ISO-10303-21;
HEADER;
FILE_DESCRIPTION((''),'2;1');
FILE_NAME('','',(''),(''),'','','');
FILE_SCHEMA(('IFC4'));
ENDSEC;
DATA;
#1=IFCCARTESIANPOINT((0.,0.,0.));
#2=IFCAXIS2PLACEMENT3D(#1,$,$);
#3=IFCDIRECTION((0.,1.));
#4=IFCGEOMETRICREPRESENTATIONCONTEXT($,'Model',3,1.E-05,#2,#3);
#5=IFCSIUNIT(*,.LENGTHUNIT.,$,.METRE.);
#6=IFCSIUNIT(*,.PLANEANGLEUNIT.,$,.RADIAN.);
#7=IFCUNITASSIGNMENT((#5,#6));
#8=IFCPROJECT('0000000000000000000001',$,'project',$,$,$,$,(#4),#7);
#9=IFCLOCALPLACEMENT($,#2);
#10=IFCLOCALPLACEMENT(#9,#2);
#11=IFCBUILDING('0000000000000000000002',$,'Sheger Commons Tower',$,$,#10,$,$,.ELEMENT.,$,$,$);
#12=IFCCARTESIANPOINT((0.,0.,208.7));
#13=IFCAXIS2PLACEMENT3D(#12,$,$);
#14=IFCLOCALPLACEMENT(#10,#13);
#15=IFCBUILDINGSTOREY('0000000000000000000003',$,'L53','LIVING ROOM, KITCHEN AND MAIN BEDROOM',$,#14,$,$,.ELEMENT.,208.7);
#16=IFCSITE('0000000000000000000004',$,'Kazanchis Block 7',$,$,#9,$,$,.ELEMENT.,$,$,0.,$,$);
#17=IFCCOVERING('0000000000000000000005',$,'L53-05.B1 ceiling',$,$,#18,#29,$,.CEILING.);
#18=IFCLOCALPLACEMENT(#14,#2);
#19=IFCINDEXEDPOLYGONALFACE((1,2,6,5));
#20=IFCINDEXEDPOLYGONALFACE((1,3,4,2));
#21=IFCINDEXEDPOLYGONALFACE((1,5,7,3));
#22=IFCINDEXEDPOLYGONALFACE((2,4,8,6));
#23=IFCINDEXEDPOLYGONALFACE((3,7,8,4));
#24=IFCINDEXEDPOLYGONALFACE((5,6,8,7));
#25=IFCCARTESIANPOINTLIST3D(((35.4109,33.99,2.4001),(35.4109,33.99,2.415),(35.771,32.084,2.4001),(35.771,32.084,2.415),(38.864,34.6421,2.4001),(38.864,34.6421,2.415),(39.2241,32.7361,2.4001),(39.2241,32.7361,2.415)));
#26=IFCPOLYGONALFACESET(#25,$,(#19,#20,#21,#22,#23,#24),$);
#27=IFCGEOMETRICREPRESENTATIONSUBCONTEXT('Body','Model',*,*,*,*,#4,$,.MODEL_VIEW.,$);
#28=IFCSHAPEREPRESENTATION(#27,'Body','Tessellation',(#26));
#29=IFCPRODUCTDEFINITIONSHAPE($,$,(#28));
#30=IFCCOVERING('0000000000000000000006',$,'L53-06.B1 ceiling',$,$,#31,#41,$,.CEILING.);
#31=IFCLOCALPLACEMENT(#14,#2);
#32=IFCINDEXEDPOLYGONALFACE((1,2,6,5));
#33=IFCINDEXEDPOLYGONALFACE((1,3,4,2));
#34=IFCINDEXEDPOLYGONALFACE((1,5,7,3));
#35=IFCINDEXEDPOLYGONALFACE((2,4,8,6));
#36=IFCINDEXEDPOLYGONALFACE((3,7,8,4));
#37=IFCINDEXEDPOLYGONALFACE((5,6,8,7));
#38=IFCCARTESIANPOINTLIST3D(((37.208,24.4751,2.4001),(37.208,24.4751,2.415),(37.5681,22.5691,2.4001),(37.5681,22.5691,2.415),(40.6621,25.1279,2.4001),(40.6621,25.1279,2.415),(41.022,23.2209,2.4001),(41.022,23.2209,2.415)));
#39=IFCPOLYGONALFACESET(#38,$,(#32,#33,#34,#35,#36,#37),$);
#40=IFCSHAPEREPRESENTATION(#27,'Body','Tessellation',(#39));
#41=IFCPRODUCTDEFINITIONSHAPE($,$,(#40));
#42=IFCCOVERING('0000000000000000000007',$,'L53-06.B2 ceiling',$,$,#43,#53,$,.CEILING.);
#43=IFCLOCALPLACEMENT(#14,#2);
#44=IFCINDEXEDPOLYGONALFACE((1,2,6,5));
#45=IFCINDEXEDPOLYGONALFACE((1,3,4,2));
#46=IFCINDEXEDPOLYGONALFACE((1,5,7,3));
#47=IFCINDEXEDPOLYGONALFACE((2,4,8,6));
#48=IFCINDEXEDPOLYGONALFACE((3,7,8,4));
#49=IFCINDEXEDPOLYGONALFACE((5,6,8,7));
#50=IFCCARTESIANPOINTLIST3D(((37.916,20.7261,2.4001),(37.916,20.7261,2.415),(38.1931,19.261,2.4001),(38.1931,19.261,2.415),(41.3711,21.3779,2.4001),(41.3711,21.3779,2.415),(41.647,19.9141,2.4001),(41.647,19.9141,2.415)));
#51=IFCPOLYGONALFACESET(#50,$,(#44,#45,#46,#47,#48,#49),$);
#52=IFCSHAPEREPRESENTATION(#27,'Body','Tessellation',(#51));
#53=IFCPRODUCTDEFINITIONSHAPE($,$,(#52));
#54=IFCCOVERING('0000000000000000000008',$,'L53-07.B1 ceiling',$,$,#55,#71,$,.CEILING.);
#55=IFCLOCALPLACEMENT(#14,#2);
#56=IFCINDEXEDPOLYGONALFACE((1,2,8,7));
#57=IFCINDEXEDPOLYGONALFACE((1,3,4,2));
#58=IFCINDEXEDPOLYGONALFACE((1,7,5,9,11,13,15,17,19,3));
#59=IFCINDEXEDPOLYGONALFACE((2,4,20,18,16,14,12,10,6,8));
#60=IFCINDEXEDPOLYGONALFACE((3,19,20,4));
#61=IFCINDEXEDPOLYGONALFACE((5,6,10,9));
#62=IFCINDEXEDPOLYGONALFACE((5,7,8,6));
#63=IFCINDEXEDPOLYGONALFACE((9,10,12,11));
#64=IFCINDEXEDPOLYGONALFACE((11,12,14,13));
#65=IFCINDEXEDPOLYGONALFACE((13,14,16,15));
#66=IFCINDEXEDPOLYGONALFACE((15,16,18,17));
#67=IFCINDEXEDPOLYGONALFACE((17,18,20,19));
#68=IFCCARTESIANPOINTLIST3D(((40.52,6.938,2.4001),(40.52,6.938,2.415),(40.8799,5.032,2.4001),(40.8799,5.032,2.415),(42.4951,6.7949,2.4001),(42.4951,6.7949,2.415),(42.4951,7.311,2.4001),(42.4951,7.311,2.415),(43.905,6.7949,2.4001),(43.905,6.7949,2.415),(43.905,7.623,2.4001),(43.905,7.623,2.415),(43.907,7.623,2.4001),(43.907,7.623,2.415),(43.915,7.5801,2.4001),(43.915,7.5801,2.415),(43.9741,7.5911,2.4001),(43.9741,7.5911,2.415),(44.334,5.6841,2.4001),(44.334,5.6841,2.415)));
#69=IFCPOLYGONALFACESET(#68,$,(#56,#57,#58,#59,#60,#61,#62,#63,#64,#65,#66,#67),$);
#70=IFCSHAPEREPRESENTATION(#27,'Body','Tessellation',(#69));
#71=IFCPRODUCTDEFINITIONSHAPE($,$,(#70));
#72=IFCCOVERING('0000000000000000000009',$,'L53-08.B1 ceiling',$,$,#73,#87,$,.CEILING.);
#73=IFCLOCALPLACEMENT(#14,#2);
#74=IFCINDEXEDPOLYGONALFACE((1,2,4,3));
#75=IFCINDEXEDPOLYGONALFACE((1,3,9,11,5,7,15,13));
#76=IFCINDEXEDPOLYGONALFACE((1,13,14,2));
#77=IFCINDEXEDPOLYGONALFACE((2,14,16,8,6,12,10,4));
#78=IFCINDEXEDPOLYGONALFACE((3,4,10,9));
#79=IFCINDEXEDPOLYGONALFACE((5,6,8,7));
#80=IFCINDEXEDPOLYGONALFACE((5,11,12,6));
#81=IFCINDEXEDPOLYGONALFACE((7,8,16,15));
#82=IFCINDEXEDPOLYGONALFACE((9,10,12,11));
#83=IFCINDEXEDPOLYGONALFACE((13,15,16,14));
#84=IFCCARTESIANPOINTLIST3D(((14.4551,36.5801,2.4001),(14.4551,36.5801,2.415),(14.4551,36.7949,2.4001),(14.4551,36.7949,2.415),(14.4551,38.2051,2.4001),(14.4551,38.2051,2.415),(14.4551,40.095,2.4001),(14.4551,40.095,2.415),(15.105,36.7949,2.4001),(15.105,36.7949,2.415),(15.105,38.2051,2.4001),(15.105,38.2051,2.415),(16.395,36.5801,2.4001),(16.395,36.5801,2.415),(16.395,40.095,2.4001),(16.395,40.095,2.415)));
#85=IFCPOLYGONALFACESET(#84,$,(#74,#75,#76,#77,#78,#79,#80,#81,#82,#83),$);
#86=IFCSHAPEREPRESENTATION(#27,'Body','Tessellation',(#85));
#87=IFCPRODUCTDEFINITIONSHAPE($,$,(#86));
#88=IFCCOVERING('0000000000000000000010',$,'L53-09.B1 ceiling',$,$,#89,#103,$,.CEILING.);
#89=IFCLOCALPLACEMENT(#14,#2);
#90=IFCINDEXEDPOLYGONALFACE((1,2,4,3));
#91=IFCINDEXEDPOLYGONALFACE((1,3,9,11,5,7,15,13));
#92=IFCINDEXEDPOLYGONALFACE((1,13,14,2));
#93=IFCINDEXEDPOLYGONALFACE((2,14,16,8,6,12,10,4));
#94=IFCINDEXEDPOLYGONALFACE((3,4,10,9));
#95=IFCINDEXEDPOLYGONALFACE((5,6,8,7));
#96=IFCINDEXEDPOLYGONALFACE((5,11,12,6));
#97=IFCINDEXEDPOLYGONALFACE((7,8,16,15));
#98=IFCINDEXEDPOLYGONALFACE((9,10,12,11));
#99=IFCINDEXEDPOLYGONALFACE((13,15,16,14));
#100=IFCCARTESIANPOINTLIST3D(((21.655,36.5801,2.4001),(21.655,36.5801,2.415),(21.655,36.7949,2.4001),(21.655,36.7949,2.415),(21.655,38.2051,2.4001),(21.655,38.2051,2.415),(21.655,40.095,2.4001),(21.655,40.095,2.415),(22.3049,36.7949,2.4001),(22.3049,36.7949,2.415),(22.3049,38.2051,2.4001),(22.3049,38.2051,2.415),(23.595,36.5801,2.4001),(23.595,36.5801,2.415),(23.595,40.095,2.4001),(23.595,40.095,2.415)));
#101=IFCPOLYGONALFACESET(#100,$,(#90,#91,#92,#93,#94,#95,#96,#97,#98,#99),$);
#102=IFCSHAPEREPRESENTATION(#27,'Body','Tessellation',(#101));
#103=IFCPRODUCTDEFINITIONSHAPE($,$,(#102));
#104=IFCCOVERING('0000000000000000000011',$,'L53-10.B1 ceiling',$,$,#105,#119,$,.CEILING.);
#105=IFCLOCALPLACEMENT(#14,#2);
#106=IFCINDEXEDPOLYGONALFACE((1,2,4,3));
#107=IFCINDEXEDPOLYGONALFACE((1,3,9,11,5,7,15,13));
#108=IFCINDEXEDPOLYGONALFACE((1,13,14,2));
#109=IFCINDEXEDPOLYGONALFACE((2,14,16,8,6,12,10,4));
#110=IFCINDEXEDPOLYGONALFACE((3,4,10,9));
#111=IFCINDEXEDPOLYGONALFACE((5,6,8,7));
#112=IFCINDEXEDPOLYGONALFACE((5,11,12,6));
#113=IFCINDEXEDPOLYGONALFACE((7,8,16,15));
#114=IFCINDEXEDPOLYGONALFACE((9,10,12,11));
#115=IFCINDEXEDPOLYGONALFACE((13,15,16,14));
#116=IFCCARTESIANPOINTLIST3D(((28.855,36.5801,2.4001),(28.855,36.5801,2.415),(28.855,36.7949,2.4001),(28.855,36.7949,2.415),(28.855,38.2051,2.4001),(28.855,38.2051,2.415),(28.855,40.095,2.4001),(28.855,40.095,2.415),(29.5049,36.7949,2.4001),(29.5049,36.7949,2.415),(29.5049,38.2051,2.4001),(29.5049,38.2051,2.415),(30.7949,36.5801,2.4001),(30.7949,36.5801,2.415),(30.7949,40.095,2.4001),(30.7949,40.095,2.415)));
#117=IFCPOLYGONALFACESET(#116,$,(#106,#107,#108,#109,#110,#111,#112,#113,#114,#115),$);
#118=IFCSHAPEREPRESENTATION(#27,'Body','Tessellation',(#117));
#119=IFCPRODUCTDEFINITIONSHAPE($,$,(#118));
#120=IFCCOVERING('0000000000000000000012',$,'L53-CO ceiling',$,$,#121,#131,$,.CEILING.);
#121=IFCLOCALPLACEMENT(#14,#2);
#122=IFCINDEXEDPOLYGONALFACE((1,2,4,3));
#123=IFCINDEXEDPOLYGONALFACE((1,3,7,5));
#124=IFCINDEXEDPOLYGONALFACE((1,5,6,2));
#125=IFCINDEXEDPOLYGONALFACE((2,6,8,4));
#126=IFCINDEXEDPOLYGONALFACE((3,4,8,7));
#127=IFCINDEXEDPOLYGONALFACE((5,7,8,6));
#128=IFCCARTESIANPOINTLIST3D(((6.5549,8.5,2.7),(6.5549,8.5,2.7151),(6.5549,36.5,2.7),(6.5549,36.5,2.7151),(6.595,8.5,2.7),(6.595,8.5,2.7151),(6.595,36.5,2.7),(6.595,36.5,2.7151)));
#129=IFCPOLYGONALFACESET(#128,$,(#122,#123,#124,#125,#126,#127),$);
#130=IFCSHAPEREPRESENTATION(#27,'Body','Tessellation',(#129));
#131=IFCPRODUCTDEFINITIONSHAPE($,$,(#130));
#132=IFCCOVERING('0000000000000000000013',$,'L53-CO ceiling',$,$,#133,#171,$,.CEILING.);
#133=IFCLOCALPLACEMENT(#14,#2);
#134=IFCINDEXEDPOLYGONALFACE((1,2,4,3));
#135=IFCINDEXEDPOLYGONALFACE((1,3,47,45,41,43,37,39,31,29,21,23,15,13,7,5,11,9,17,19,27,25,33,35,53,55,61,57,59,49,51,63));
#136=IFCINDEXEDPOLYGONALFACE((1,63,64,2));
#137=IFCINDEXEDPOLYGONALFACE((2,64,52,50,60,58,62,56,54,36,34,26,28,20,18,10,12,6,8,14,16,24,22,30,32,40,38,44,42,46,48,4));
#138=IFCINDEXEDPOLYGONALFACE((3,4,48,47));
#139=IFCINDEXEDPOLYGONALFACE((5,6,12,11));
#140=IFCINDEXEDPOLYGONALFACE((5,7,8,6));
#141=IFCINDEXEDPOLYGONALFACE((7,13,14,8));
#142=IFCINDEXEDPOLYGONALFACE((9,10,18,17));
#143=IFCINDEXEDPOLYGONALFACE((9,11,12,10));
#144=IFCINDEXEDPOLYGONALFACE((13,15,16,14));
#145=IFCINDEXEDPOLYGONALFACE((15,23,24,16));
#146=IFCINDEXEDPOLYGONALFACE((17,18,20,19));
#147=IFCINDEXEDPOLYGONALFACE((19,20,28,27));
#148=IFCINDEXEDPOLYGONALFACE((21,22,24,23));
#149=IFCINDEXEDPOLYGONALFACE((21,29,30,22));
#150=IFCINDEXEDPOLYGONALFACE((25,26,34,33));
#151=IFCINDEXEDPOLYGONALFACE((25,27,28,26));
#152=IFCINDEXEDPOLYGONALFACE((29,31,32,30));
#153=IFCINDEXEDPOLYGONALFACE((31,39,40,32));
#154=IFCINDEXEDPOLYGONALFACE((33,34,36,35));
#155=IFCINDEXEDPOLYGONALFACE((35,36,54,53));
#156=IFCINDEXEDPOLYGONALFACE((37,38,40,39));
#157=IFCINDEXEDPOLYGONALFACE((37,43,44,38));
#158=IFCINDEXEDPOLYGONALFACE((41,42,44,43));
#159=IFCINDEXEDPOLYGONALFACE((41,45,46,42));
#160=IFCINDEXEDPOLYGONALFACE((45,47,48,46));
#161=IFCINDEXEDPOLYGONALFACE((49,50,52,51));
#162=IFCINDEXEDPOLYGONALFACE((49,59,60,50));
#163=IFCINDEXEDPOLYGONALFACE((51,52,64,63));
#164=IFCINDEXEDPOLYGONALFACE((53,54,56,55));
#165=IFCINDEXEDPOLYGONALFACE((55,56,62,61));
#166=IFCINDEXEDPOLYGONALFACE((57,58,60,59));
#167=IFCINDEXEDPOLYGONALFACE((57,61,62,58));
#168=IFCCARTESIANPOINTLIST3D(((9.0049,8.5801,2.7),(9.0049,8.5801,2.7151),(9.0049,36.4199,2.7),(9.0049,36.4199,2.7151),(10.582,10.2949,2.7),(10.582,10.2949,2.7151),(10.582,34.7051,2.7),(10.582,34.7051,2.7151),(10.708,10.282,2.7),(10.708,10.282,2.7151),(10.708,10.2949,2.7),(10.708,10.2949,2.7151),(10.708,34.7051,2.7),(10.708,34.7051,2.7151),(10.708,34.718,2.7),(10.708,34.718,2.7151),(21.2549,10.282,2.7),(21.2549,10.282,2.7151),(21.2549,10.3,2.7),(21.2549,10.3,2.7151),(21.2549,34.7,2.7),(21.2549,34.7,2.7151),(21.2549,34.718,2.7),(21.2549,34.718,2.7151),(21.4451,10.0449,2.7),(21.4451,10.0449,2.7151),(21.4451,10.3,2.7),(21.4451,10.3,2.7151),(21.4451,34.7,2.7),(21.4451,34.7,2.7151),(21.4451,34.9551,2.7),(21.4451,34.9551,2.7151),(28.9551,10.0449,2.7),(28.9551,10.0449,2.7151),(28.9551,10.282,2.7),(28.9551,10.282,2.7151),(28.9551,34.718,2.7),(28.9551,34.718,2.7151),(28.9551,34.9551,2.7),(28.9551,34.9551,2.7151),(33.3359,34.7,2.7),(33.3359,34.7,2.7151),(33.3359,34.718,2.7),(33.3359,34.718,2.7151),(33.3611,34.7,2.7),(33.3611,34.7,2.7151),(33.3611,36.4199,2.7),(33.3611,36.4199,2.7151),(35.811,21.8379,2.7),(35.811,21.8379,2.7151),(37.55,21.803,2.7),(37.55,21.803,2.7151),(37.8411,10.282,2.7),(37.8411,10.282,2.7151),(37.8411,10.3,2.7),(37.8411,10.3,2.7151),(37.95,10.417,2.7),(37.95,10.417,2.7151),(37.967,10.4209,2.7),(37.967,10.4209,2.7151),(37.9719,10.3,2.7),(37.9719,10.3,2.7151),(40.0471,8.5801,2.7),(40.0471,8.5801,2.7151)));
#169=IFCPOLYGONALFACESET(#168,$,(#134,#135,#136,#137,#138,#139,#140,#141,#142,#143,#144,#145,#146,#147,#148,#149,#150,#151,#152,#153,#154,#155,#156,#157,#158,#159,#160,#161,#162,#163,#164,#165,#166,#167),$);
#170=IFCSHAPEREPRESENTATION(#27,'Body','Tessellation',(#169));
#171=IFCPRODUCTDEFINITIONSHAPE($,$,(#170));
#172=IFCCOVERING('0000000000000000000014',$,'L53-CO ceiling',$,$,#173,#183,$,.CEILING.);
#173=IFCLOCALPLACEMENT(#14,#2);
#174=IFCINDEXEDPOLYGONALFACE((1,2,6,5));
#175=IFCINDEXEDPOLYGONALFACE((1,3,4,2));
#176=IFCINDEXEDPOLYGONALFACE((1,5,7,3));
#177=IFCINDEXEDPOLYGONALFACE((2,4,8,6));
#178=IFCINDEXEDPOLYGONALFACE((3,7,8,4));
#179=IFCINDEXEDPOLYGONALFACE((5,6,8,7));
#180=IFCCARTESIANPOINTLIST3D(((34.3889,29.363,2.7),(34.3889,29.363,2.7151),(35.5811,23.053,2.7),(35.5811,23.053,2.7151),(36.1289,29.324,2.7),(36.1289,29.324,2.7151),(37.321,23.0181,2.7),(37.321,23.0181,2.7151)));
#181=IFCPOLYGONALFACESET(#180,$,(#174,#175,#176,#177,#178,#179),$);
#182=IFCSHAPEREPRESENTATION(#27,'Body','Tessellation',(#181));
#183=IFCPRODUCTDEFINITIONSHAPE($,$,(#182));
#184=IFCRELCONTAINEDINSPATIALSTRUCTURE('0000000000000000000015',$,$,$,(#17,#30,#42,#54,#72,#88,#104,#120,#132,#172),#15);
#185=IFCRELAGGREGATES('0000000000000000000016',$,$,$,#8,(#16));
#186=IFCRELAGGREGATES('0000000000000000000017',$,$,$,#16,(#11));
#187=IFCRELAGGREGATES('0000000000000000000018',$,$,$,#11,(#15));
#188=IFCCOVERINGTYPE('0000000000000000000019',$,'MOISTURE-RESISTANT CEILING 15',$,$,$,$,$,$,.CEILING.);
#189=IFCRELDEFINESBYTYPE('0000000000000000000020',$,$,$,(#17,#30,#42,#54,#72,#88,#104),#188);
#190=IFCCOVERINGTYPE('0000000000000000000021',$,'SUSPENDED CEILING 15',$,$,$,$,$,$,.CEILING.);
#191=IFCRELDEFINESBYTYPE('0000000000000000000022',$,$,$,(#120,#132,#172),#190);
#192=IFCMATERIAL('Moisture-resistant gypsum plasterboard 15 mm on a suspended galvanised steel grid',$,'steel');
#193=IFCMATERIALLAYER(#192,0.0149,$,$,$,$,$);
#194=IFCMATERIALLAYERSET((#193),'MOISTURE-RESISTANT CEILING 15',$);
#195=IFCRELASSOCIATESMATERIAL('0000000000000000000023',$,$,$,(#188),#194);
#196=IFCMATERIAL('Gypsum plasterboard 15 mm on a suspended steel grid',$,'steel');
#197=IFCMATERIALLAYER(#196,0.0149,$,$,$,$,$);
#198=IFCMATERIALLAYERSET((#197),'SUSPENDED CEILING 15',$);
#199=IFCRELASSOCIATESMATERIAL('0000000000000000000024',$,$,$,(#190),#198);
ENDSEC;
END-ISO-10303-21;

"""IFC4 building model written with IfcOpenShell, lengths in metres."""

from ifc_helpers import new_model, si_unit, direction, frame, origin, place, context, subcontext, project, spatial, polyline, outline, extrude, material, layer, layer_set, type_object, element, save


model = new_model("IFC4")

# Units and contexts
model_context = context("Model", 3, precision=1e-05, world=origin(), true_north=direction((0.0, 1.0)))
body_context = subcontext(model_context, "Body", "Model", "MODEL_VIEW")
ifc_project = project(units=[si_unit("LENGTHUNIT", "METRE"), si_unit("PLANEANGLEUNIT", "RADIAN")], contexts=[model_context])

# Site, building, storey
site_placement = place(None, origin())
site = spatial("IfcSite", under=ifc_project, at=site_placement, Name="Kazanchis Block 7", CompositionType="ELEMENT", RefElevation=0.0)
building_placement = place(site_placement, origin())
building = spatial("IfcBuilding", under=site, at=building_placement, Name="Sheger Commons Tower", CompositionType="ELEMENT")
storey_placement = place(building_placement, frame((0.0, 0.0, 208.7)))
storey = spatial("IfcBuildingStorey", under=building, at=storey_placement, Name="L53", Description="LIVING ROOM, KITCHEN AND MAIN BEDROOM", CompositionType="ELEMENT", Elevation=208.7)

# Coverings
ifc_material_1 = material(Name="Moisture-resistant gypsum plasterboard 15 mm on a suspended galvanised steel grid", Category="steel")
ifc_layer_1 = layer(ifc_material_1, 0.0149)
ifc_layer_set_1 = layer_set([ifc_layer_1], Name="MOISTURE-RESISTANT CEILING 15")
covering_type_1 = type_object("IfcCoveringType", Name="MOISTURE-RESISTANT CEILING 15", PredefinedType="CEILING", material=ifc_layer_set_1)
covering_1_placement = place(storey_placement, frame((0.0, 0.0, 2.4001)))
element("IfcCovering", 1, at=covering_1_placement, inside=storey, type_object=covering_type_1, Name="L53-05.B1 ceiling", PredefinedType="CEILING", context=body_context, shape_type="SweptSolid", body=[
    extrude(outline(polyline([(35.771, 32.084), (39.2241, 32.7361), (38.864, 34.6421), (35.4109, 33.99), (35.771, 32.084)])), origin(), (0.0, 0.0, 1.0), 0.0149),
])
covering_2_placement = place(storey_placement, frame((0.0, 0.0, 2.4001)))
element("IfcCovering", 2, at=covering_2_placement, inside=storey, type_object=covering_type_1, Name="L53-06.B1 ceiling", PredefinedType="CEILING", context=body_context, shape_type="SweptSolid", body=[
    extrude(outline(polyline([(37.5681, 22.5691), (41.022, 23.2209), (40.6621, 25.1279), (37.208, 24.4751), (37.5681, 22.5691)])), origin(), (0.0, 0.0, 1.0), 0.0149),
])
covering_3_placement = place(storey_placement, frame((0.0, 0.0, 2.4001)))
element("IfcCovering", 3, at=covering_3_placement, inside=storey, type_object=covering_type_1, Name="L53-06.B2 ceiling", PredefinedType="CEILING", context=body_context, shape_type="SweptSolid", body=[
    extrude(outline(polyline([(38.1931, 19.261), (41.647, 19.9141), (41.3711, 21.3779), (37.916, 20.7261), (38.1931, 19.261)])), origin(), (0.0, 0.0, 1.0), 0.0149),
])
covering_4_placement = place(storey_placement, frame((0.0, 0.0, 2.4001)))
element("IfcCovering", 4, at=covering_4_placement, inside=storey, type_object=covering_type_1, Name="L53-07.B1 ceiling", PredefinedType="CEILING", context=body_context, shape_type="SweptSolid", body=[
    extrude(outline(polyline([(40.8799, 5.032), (44.334, 5.6841), (43.9741, 7.5911), (43.915, 7.5801), (43.907, 7.623), (43.905, 7.623), (43.905, 6.7949), (42.4951, 6.7949), (42.4951, 7.311), (40.52, 6.938), (40.8799, 5.032)])), origin(), (0.0, 0.0, 1.0), 0.0149),
])
covering_5_placement = place(storey_placement, frame((0.0, 0.0, 2.4001)))
element("IfcCovering", 5, at=covering_5_placement, inside=storey, type_object=covering_type_1, Name="L53-08.B1 ceiling", PredefinedType="CEILING", context=body_context, shape_type="SweptSolid", body=[
    extrude(outline(polyline([(14.4551, 36.5801), (16.395, 36.5801), (16.395, 40.095), (14.4551, 40.095), (14.4551, 38.2051), (15.105, 38.2051), (15.105, 36.7949), (14.4551, 36.7949), (14.4551, 36.5801)])), origin(), (0.0, 0.0, 1.0), 0.0149),
])
covering_6_placement = place(storey_placement, frame((0.0, 0.0, 2.4001)))
element("IfcCovering", 6, at=covering_6_placement, inside=storey, type_object=covering_type_1, Name="L53-09.B1 ceiling", PredefinedType="CEILING", context=body_context, shape_type="SweptSolid", body=[
    extrude(outline(polyline([(21.655, 36.5801), (23.595, 36.5801), (23.595, 40.095), (21.655, 40.095), (21.655, 38.2051), (22.3049, 38.2051), (22.3049, 36.7949), (21.655, 36.7949), (21.655, 36.5801)])), origin(), (0.0, 0.0, 1.0), 0.0149),
])
covering_7_placement = place(storey_placement, frame((0.0, 0.0, 2.4001)))
element("IfcCovering", 7, at=covering_7_placement, inside=storey, type_object=covering_type_1, Name="L53-10.B1 ceiling", PredefinedType="CEILING", context=body_context, shape_type="SweptSolid", body=[
    extrude(outline(polyline([(28.855, 36.5801), (30.7949, 36.5801), (30.7949, 40.095), (28.855, 40.095), (28.855, 38.2051), (29.5049, 38.2051), (29.5049, 36.7949), (28.855, 36.7949), (28.855, 36.5801)])), origin(), (0.0, 0.0, 1.0), 0.0149),
])
ifc_material_2 = material(Name="Gypsum plasterboard 15 mm on a suspended steel grid", Category="steel")
ifc_layer_2 = layer(ifc_material_2, 0.0149)
ifc_layer_set_2 = layer_set([ifc_layer_2], Name="SUSPENDED CEILING 15")
covering_type_2 = type_object("IfcCoveringType", Name="SUSPENDED CEILING 15", PredefinedType="CEILING", material=ifc_layer_set_2)
covering_8_placement = place(storey_placement, frame((0.0, 0.0, 2.7)))
element("IfcCovering", 8, at=covering_8_placement, inside=storey, type_object=covering_type_2, Name="L53-CO ceiling", PredefinedType="CEILING", context=body_context, shape_type="SweptSolid", body=[
    extrude(outline(polyline([(6.5549, 8.5), (6.595, 8.5), (6.595, 36.5), (6.5549, 36.5), (6.5549, 8.5)])), origin(), (0.0, 0.0, 1.0), 0.0151),
])
covering_9_placement = place(storey_placement, frame((0.0, 0.0, 2.7)))
element("IfcCovering", 9, at=covering_9_placement, inside=storey, type_object=covering_type_2, Name="L53-CO ceiling", PredefinedType="CEILING", context=body_context, shape_type="SweptSolid", body=[
    extrude(outline(polyline([(9.0049, 8.5801), (40.0471, 8.5801), (37.55, 21.803), (35.811, 21.8379), (37.967, 10.4209), (37.95, 10.417), (37.9719, 10.3), (37.8411, 10.3), (37.8411, 10.282), (28.9551, 10.282), (28.9551, 10.0449), (21.4451, 10.0449), (21.4451, 10.3), (21.2549, 10.3), (21.2549, 10.282), (10.708, 10.282), (10.708, 10.2949), (10.582, 10.2949), (10.582, 34.7051), (10.708, 34.7051), (10.708, 34.718), (21.2549, 34.718), (21.2549, 34.7), (21.4451, 34.7), (21.4451, 34.9551), (28.9551, 34.9551), (28.9551, 34.718), (33.3359, 34.718), (33.3359, 34.7), (33.3611, 34.7), (33.3611, 36.4199), (9.0049, 36.4199), (9.0049, 8.5801)])), origin(), (0.0, 0.0, 1.0), 0.0151),
])
covering_10_placement = place(storey_placement, frame((0.0, 0.0, 2.7)))
element("IfcCovering", 10, at=covering_10_placement, inside=storey, type_object=covering_type_2, Name="L53-CO ceiling", PredefinedType="CEILING", context=body_context, shape_type="SweptSolid", body=[
    extrude(outline(polyline([(37.321, 23.0181), (36.1289, 29.324), (34.3889, 29.363), (35.5811, 23.053), (37.321, 23.0181)])), origin(), (0.0, 0.0, 1.0), 0.0151),
])

save(model, "model.ifc")
